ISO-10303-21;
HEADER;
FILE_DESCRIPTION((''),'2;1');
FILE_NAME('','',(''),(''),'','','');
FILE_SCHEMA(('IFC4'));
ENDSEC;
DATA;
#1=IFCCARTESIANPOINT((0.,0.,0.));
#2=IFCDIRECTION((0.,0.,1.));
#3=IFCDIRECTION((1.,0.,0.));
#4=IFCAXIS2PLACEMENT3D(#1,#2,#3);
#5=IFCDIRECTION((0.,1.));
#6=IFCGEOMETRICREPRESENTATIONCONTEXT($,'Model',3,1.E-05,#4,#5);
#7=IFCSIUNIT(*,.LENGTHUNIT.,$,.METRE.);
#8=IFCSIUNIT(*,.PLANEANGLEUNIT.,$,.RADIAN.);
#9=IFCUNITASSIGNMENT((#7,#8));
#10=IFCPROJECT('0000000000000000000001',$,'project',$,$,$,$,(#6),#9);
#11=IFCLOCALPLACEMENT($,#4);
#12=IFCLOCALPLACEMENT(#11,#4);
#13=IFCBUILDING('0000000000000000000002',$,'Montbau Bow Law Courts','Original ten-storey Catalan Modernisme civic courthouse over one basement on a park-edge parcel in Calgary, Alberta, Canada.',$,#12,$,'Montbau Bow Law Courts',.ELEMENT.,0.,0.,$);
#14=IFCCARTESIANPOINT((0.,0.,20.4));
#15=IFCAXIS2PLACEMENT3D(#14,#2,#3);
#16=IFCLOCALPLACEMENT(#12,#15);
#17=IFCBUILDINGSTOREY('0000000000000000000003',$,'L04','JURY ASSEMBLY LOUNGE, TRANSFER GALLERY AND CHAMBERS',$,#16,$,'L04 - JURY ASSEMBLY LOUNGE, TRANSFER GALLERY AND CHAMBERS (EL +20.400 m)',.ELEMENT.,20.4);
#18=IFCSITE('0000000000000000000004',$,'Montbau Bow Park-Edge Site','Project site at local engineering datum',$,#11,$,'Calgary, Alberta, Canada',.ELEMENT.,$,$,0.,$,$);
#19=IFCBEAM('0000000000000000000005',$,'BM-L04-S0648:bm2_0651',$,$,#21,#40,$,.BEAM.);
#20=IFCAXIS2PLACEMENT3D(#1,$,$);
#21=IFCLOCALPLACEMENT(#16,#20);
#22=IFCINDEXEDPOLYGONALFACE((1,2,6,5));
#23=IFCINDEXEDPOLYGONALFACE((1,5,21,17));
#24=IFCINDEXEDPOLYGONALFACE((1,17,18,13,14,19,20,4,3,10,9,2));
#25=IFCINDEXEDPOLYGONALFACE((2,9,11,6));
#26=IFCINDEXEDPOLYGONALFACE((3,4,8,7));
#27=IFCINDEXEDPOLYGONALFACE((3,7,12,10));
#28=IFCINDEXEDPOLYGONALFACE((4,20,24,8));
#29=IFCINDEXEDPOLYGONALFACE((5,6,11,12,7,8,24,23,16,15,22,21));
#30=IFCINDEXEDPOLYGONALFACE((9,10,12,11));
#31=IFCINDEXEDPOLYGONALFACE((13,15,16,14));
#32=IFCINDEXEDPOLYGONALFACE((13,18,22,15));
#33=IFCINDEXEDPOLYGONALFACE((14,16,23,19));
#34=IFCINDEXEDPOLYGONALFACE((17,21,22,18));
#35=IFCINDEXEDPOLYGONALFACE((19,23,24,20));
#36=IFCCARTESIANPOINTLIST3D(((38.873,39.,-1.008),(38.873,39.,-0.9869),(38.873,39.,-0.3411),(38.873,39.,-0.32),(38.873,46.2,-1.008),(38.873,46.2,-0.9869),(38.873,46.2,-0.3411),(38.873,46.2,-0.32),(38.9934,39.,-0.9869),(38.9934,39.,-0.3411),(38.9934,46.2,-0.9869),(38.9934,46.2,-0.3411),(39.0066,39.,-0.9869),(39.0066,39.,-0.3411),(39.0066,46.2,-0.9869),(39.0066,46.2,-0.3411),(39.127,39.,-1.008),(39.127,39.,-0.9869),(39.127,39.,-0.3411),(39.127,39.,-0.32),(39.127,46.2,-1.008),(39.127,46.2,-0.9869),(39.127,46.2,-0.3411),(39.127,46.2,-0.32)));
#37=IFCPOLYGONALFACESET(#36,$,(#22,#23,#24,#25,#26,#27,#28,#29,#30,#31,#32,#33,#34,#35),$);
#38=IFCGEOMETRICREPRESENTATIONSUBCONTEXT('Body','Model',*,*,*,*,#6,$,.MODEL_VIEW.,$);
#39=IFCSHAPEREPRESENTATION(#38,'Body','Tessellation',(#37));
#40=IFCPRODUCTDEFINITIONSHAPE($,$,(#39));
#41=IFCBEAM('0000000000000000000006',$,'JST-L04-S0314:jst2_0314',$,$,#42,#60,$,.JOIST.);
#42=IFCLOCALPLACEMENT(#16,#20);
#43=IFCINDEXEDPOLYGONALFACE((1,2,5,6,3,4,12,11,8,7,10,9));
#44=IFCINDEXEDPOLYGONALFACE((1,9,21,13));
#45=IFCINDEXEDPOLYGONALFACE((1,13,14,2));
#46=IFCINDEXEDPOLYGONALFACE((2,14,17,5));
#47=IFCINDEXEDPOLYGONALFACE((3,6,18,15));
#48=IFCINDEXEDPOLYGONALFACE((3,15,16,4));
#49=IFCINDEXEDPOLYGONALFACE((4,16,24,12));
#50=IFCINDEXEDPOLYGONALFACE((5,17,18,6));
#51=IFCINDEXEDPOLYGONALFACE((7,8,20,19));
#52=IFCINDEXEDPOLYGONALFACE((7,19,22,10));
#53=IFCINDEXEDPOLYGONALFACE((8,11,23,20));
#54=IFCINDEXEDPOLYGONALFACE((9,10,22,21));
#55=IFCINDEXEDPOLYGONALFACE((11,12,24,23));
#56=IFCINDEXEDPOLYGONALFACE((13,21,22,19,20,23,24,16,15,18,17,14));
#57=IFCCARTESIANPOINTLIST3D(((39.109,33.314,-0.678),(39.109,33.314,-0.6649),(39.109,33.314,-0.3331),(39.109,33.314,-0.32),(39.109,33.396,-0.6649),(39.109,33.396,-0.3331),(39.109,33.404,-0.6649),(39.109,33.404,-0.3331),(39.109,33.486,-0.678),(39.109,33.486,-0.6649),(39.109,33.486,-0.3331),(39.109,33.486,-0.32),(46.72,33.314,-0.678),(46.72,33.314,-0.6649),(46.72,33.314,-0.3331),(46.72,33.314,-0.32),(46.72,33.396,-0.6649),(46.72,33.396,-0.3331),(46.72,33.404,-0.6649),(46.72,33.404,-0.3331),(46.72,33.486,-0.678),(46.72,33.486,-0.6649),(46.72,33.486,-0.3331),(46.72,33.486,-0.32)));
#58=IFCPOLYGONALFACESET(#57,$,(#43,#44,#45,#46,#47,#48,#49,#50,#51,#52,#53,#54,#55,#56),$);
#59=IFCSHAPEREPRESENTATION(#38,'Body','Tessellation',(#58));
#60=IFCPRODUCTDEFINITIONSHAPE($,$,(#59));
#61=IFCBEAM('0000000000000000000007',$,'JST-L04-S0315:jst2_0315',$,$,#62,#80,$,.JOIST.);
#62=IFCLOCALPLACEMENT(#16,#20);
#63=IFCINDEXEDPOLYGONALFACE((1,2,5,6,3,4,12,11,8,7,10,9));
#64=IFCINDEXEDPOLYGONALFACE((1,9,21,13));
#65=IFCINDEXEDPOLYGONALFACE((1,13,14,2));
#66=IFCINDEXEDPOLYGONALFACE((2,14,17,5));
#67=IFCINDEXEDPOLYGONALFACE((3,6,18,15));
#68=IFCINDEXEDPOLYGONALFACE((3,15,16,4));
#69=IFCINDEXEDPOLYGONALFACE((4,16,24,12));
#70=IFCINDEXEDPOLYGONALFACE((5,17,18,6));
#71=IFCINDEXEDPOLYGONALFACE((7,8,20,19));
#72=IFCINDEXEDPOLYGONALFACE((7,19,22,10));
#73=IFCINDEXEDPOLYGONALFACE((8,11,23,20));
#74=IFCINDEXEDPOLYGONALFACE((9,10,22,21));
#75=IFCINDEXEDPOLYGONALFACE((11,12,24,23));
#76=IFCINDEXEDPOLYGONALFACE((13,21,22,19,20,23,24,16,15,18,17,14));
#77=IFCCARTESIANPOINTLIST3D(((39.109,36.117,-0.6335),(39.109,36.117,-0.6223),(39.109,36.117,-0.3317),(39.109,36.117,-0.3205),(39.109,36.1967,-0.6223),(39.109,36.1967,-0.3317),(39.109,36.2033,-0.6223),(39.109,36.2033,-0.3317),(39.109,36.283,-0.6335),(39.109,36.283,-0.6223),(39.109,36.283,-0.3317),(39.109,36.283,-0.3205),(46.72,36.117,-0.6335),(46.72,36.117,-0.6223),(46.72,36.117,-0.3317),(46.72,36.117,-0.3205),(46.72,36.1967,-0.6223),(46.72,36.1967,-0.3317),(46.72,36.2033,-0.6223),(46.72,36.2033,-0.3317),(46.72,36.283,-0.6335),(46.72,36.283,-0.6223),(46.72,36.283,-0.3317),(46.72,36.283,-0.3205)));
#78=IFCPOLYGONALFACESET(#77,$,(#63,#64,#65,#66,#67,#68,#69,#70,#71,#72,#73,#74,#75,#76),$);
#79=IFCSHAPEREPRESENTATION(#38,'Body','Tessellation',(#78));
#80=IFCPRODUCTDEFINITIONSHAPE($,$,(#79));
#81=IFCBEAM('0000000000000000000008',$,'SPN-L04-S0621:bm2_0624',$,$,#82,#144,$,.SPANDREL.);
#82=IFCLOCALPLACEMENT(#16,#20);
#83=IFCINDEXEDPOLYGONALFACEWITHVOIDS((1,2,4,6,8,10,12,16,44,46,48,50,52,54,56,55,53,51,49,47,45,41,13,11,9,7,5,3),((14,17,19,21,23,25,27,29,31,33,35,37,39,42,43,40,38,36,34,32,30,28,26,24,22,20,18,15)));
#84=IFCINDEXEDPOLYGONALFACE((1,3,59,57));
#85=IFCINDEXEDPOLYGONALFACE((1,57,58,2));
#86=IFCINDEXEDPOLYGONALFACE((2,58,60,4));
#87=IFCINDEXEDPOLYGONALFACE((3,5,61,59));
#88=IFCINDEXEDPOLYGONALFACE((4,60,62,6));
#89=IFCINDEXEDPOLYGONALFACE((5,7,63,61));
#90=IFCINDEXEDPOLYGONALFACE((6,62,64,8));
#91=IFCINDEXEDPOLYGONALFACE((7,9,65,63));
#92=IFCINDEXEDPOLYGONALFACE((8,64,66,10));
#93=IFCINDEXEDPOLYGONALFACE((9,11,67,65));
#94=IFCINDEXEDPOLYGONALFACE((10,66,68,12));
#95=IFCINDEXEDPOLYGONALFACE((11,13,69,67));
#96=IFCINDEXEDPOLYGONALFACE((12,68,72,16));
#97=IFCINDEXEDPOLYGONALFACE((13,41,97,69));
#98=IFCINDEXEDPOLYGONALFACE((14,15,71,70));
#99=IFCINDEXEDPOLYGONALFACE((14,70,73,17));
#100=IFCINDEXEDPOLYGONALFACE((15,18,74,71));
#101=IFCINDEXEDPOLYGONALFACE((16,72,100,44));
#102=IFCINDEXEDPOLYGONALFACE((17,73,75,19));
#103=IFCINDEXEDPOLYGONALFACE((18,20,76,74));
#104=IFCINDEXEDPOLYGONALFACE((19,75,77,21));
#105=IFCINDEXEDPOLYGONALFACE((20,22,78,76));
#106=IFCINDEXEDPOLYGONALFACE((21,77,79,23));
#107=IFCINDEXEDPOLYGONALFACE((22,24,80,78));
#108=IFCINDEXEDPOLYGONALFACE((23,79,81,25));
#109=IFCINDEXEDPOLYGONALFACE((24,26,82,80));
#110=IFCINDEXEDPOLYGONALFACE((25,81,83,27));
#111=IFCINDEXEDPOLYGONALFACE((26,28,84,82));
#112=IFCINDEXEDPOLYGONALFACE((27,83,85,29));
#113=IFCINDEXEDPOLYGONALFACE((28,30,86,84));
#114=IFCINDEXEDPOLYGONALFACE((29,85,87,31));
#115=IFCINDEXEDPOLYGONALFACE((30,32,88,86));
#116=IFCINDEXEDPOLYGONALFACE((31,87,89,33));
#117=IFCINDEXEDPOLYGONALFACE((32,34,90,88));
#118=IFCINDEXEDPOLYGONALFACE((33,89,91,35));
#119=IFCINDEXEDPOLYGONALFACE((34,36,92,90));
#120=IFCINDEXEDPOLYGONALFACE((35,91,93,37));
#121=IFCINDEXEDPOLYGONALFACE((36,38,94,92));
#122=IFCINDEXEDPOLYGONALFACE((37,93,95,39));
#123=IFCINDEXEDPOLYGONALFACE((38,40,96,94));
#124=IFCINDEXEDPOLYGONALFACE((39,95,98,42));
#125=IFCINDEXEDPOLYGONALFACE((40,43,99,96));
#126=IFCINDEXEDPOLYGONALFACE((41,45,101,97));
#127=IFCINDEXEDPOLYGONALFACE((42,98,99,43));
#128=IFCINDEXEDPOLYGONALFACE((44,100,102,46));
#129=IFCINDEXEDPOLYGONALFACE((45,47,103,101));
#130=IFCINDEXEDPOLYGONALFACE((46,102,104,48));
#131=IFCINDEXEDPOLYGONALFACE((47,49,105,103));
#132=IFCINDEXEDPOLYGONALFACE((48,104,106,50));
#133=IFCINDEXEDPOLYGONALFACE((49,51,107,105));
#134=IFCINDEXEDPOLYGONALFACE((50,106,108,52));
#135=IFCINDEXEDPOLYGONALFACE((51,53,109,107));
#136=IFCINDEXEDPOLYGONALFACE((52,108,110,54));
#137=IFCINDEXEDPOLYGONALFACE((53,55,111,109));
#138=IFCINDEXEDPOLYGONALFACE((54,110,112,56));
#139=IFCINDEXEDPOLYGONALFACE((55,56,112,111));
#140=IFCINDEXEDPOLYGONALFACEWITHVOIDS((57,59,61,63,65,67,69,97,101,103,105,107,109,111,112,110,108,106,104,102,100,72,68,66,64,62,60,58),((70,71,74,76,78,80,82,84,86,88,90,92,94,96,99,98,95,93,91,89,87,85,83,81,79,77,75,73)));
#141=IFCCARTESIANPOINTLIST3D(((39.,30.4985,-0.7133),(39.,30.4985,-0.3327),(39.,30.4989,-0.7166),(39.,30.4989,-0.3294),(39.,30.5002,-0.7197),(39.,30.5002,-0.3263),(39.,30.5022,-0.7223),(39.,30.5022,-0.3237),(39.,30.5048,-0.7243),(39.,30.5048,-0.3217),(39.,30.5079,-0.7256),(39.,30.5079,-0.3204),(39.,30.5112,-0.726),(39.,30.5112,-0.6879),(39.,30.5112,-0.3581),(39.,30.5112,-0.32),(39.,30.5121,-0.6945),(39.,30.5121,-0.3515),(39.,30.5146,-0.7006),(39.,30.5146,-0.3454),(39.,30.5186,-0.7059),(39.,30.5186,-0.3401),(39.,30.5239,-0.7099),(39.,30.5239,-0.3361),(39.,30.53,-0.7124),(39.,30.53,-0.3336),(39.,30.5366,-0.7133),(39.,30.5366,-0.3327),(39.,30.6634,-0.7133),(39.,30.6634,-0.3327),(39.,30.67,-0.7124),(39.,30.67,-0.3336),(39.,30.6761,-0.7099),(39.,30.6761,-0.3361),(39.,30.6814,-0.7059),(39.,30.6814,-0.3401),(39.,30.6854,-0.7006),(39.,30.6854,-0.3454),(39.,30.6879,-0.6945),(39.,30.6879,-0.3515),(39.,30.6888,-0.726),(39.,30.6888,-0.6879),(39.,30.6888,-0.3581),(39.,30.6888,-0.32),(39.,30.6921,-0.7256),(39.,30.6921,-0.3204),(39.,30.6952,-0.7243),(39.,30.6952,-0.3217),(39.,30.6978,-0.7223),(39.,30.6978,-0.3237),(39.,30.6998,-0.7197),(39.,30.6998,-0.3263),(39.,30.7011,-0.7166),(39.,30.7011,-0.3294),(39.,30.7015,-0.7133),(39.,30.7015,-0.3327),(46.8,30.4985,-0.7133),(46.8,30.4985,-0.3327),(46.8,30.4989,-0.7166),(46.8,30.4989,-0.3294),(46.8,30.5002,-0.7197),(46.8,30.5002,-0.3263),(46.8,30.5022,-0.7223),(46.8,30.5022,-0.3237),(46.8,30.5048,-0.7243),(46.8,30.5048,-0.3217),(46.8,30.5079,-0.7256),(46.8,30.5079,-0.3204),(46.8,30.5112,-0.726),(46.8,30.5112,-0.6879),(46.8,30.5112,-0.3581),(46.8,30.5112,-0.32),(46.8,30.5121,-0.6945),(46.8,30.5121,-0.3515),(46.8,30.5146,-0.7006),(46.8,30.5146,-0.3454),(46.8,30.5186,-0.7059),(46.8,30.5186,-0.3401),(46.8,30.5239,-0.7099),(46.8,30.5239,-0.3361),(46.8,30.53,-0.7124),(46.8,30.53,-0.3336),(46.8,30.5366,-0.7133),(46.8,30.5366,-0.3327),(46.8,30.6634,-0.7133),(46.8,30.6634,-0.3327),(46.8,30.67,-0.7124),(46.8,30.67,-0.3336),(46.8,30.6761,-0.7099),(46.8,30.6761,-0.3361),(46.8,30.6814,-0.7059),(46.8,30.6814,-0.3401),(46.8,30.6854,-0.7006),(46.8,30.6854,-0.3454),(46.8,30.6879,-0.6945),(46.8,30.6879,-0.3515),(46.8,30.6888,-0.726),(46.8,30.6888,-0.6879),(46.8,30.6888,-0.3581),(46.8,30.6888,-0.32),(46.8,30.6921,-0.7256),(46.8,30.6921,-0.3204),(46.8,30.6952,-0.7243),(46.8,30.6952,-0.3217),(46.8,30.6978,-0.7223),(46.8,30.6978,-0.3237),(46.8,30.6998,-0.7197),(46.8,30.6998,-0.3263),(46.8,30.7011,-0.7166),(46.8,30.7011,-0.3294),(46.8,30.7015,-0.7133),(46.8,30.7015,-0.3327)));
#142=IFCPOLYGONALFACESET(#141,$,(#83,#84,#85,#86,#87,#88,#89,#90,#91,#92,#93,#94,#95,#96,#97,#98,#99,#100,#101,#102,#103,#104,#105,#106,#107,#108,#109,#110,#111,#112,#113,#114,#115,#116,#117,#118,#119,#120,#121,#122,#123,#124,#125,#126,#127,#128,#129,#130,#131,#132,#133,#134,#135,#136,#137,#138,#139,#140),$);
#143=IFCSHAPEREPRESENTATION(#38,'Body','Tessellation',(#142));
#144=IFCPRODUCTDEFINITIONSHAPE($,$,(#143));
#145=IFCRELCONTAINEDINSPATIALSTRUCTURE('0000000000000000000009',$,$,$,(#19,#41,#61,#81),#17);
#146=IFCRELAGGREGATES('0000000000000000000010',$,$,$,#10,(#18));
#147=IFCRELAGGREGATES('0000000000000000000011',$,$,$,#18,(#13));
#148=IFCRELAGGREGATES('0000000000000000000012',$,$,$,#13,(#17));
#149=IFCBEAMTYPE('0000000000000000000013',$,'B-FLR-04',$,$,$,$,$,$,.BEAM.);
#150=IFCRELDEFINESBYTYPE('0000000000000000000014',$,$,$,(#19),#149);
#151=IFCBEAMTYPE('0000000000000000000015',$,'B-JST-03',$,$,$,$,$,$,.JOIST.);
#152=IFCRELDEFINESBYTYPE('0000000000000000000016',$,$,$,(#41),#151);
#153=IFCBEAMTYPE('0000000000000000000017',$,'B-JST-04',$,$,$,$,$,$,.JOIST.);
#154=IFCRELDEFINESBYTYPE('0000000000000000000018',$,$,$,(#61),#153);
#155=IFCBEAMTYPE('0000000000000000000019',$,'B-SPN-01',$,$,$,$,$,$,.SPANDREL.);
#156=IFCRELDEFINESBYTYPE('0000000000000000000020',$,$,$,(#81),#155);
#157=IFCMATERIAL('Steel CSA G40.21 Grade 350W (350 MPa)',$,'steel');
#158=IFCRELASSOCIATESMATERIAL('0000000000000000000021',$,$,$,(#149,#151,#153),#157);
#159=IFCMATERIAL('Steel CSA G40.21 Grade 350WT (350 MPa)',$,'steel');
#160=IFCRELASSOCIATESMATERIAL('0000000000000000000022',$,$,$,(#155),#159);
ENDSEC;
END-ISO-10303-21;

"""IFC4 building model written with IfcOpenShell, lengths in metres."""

from ifc_helpers import new_model, si_unit, direction, frame, origin_with_axes, origin_2d_with_axis, place, context, subcontext, project, spatial, hollow_rectangle, i_section, extrude, material, material_profile, profile_set, type_object, element, save


model = new_model("IFC4")

# Units and contexts
model_context = context("Model", 3, precision=1e-05, world=origin_with_axes(), true_north=direction((0.0, 1.0)))
body_context = subcontext(model_context, "Body", "Model", "MODEL_VIEW")
ifc_project = project(units=[si_unit("LENGTHUNIT", "METRE"), si_unit("PLANEANGLEUNIT", "RADIAN")], contexts=[model_context])

# Site, building, storey
site_placement = place(None, origin_with_axes())
site = spatial("IfcSite", under=ifc_project, at=site_placement, Name="Montbau Bow Park-Edge Site", Description="Project site at local engineering datum", LongName="Calgary, Alberta, Canada", CompositionType="ELEMENT", RefElevation=0.0)
building_placement = place(site_placement, origin_with_axes())
building = spatial("IfcBuilding", under=site, at=building_placement, Name="Montbau Bow Law Courts", Description="Original ten-storey Catalan Modernisme civic courthouse over one basement on a park-edge parcel in Calgary, Alberta, Canada.", LongName="Montbau Bow Law Courts", CompositionType="ELEMENT", ElevationOfRefHeight=0.0, ElevationOfTerrain=0.0)
storey_placement = place(building_placement, frame((0.0, 0.0, 20.4), z_axis=(0.0, 0.0, 1.0), x_axis=(1.0, 0.0, 0.0)))
storey = spatial("IfcBuildingStorey", under=building, at=storey_placement, Name="L04", Description="JURY ASSEMBLY LOUNGE, TRANSFER GALLERY AND CHAMBERS", LongName="L04 - JURY ASSEMBLY LOUNGE, TRANSFER GALLERY AND CHAMBERS (EL +20.400 m)", CompositionType="ELEMENT", Elevation=20.4)

# Shared definitions
ifc_material_1 = material(Name="Steel CSA G40.21 Grade 350W (350 MPa)", Category="steel")

# Beams
ifc_material_profile_1 = material_profile(ifc_material_1, i_section(OverallWidth=0.254, OverallDepth=0.688, WebThickness=0.0131, FlangeThickness=0.0211, at=origin_2d_with_axis()), Name="W690X152", Category="Main", Priority=0)
ifc_profile_set_1 = profile_set([ifc_material_profile_1], Name="Steel CSA G40.21 Grade 350W (350 MPa)")
beam_type_1 = type_object("IfcBeamType", Name="B-FLR-04", PredefinedType="BEAM", material=ifc_profile_set_1)
beam_1_placement = place(None, frame((39.0, 39.0, 19.736), z_axis=(0.0, 1.0, 0.0), x_axis=(-1.0, 0.0, 0.0)))
element("IfcBeam", 1, at=beam_1_placement, inside=storey, type_object=beam_type_1, Name="BM-L04-S0648:bm2_0651", PredefinedType="BEAM", context=body_context, shape_type="SweptSolid", body=[
    extrude(i_section(OverallWidth=0.254, OverallDepth=0.688, WebThickness=0.0131, FlangeThickness=0.0211, at=origin_2d_with_axis()), origin_with_axes(), (0.0, 0.0, 1.0), 7.2),
])
ifc_material_profile_2 = material_profile(ifc_material_1, i_section(OverallWidth=0.172, OverallDepth=0.358, WebThickness=0.0079, FlangeThickness=0.0131, at=origin_2d_with_axis()), Name="W360X57", Category="Main", Priority=0)
ifc_profile_set_2 = profile_set([ifc_material_profile_2], Name="Steel CSA G40.21 Grade 350W (350 MPa)")
beam_type_2 = type_object("IfcBeamType", Name="B-JST-03", PredefinedType="JOIST", material=ifc_profile_set_2)
beam_2_placement = place(None, frame((39.109, 33.4, 19.901), z_axis=(1.0, 0.0, 0.0), x_axis=(0.0, 1.0, 0.0)))
element("IfcBeam", 2, at=beam_2_placement, inside=storey, type_object=beam_type_2, Name="JST-L04-S0314:jst2_0314", PredefinedType="JOIST", context=body_context, shape_type="SweptSolid", body=[
    extrude(i_section(OverallWidth=0.172, OverallDepth=0.358, WebThickness=0.0079, FlangeThickness=0.0131, at=origin_2d_with_axis()), origin_with_axes(), (0.0, 0.0, 1.0), 7.611),
])
ifc_material_profile_3 = material_profile(ifc_material_1, i_section(OverallWidth=0.166, OverallDepth=0.313, WebThickness=0.0066, FlangeThickness=0.0112, at=origin_2d_with_axis()), Name="W310X45", Category="Main", Priority=0)
ifc_profile_set_3 = profile_set([ifc_material_profile_3], Name="Steel CSA G40.21 Grade 350W (350 MPa)")
beam_type_3 = type_object("IfcBeamType", Name="B-JST-04", PredefinedType="JOIST", material=ifc_profile_set_3)
beam_3_placement = place(None, frame((39.109, 36.2, 19.923), z_axis=(1.0, 0.0, 0.0), x_axis=(0.0, 1.0, 0.0)))
element("IfcBeam", 3, at=beam_3_placement, inside=storey, type_object=beam_type_3, Name="JST-L04-S0315:jst2_0315", PredefinedType="JOIST", context=body_context, shape_type="SweptSolid", body=[
    extrude(i_section(OverallWidth=0.166, OverallDepth=0.313, WebThickness=0.0066, FlangeThickness=0.0112, at=origin_2d_with_axis()), origin_with_axes(), (0.0, 0.0, 1.0), 7.611),
])
ifc_material_2 = material(Name="Steel CSA G40.21 Grade 350WT (350 MPa)", Category="steel")
ifc_material_profile_4 = material_profile(ifc_material_2, hollow_rectangle(XDim=0.203, YDim=0.406, WallThickness=0.0127, InnerFilletRadius=0.0254, OuterFilletRadius=0.0127, at=origin_2d_with_axis()), Name="HSS406X203X13", Category="Main", Priority=0)
ifc_profile_set_4 = profile_set([ifc_material_profile_4], Name="Steel CSA G40.21 Grade 350WT (350 MPa)")
beam_type_4 = type_object("IfcBeamType", Name="B-SPN-01", PredefinedType="SPANDREL", material=ifc_profile_set_4)
beam_4_placement = place(None, frame((39.0, 30.6, 19.877), z_axis=(1.0, 0.0, 0.0), x_axis=(0.0, 1.0, 0.0)))
element("IfcBeam", 4, at=beam_4_placement, inside=storey, type_object=beam_type_4, Name="SPN-L04-S0621:bm2_0624", PredefinedType="SPANDREL", context=body_context, shape_type="SweptSolid", body=[
    extrude(hollow_rectangle(XDim=0.203, YDim=0.406, WallThickness=0.0127, InnerFilletRadius=0.0254, OuterFilletRadius=0.0127, at=origin_2d_with_axis()), origin_with_axes(), (0.0, 0.0, 1.0), 7.8),
])

save(model, "model.ifc")
